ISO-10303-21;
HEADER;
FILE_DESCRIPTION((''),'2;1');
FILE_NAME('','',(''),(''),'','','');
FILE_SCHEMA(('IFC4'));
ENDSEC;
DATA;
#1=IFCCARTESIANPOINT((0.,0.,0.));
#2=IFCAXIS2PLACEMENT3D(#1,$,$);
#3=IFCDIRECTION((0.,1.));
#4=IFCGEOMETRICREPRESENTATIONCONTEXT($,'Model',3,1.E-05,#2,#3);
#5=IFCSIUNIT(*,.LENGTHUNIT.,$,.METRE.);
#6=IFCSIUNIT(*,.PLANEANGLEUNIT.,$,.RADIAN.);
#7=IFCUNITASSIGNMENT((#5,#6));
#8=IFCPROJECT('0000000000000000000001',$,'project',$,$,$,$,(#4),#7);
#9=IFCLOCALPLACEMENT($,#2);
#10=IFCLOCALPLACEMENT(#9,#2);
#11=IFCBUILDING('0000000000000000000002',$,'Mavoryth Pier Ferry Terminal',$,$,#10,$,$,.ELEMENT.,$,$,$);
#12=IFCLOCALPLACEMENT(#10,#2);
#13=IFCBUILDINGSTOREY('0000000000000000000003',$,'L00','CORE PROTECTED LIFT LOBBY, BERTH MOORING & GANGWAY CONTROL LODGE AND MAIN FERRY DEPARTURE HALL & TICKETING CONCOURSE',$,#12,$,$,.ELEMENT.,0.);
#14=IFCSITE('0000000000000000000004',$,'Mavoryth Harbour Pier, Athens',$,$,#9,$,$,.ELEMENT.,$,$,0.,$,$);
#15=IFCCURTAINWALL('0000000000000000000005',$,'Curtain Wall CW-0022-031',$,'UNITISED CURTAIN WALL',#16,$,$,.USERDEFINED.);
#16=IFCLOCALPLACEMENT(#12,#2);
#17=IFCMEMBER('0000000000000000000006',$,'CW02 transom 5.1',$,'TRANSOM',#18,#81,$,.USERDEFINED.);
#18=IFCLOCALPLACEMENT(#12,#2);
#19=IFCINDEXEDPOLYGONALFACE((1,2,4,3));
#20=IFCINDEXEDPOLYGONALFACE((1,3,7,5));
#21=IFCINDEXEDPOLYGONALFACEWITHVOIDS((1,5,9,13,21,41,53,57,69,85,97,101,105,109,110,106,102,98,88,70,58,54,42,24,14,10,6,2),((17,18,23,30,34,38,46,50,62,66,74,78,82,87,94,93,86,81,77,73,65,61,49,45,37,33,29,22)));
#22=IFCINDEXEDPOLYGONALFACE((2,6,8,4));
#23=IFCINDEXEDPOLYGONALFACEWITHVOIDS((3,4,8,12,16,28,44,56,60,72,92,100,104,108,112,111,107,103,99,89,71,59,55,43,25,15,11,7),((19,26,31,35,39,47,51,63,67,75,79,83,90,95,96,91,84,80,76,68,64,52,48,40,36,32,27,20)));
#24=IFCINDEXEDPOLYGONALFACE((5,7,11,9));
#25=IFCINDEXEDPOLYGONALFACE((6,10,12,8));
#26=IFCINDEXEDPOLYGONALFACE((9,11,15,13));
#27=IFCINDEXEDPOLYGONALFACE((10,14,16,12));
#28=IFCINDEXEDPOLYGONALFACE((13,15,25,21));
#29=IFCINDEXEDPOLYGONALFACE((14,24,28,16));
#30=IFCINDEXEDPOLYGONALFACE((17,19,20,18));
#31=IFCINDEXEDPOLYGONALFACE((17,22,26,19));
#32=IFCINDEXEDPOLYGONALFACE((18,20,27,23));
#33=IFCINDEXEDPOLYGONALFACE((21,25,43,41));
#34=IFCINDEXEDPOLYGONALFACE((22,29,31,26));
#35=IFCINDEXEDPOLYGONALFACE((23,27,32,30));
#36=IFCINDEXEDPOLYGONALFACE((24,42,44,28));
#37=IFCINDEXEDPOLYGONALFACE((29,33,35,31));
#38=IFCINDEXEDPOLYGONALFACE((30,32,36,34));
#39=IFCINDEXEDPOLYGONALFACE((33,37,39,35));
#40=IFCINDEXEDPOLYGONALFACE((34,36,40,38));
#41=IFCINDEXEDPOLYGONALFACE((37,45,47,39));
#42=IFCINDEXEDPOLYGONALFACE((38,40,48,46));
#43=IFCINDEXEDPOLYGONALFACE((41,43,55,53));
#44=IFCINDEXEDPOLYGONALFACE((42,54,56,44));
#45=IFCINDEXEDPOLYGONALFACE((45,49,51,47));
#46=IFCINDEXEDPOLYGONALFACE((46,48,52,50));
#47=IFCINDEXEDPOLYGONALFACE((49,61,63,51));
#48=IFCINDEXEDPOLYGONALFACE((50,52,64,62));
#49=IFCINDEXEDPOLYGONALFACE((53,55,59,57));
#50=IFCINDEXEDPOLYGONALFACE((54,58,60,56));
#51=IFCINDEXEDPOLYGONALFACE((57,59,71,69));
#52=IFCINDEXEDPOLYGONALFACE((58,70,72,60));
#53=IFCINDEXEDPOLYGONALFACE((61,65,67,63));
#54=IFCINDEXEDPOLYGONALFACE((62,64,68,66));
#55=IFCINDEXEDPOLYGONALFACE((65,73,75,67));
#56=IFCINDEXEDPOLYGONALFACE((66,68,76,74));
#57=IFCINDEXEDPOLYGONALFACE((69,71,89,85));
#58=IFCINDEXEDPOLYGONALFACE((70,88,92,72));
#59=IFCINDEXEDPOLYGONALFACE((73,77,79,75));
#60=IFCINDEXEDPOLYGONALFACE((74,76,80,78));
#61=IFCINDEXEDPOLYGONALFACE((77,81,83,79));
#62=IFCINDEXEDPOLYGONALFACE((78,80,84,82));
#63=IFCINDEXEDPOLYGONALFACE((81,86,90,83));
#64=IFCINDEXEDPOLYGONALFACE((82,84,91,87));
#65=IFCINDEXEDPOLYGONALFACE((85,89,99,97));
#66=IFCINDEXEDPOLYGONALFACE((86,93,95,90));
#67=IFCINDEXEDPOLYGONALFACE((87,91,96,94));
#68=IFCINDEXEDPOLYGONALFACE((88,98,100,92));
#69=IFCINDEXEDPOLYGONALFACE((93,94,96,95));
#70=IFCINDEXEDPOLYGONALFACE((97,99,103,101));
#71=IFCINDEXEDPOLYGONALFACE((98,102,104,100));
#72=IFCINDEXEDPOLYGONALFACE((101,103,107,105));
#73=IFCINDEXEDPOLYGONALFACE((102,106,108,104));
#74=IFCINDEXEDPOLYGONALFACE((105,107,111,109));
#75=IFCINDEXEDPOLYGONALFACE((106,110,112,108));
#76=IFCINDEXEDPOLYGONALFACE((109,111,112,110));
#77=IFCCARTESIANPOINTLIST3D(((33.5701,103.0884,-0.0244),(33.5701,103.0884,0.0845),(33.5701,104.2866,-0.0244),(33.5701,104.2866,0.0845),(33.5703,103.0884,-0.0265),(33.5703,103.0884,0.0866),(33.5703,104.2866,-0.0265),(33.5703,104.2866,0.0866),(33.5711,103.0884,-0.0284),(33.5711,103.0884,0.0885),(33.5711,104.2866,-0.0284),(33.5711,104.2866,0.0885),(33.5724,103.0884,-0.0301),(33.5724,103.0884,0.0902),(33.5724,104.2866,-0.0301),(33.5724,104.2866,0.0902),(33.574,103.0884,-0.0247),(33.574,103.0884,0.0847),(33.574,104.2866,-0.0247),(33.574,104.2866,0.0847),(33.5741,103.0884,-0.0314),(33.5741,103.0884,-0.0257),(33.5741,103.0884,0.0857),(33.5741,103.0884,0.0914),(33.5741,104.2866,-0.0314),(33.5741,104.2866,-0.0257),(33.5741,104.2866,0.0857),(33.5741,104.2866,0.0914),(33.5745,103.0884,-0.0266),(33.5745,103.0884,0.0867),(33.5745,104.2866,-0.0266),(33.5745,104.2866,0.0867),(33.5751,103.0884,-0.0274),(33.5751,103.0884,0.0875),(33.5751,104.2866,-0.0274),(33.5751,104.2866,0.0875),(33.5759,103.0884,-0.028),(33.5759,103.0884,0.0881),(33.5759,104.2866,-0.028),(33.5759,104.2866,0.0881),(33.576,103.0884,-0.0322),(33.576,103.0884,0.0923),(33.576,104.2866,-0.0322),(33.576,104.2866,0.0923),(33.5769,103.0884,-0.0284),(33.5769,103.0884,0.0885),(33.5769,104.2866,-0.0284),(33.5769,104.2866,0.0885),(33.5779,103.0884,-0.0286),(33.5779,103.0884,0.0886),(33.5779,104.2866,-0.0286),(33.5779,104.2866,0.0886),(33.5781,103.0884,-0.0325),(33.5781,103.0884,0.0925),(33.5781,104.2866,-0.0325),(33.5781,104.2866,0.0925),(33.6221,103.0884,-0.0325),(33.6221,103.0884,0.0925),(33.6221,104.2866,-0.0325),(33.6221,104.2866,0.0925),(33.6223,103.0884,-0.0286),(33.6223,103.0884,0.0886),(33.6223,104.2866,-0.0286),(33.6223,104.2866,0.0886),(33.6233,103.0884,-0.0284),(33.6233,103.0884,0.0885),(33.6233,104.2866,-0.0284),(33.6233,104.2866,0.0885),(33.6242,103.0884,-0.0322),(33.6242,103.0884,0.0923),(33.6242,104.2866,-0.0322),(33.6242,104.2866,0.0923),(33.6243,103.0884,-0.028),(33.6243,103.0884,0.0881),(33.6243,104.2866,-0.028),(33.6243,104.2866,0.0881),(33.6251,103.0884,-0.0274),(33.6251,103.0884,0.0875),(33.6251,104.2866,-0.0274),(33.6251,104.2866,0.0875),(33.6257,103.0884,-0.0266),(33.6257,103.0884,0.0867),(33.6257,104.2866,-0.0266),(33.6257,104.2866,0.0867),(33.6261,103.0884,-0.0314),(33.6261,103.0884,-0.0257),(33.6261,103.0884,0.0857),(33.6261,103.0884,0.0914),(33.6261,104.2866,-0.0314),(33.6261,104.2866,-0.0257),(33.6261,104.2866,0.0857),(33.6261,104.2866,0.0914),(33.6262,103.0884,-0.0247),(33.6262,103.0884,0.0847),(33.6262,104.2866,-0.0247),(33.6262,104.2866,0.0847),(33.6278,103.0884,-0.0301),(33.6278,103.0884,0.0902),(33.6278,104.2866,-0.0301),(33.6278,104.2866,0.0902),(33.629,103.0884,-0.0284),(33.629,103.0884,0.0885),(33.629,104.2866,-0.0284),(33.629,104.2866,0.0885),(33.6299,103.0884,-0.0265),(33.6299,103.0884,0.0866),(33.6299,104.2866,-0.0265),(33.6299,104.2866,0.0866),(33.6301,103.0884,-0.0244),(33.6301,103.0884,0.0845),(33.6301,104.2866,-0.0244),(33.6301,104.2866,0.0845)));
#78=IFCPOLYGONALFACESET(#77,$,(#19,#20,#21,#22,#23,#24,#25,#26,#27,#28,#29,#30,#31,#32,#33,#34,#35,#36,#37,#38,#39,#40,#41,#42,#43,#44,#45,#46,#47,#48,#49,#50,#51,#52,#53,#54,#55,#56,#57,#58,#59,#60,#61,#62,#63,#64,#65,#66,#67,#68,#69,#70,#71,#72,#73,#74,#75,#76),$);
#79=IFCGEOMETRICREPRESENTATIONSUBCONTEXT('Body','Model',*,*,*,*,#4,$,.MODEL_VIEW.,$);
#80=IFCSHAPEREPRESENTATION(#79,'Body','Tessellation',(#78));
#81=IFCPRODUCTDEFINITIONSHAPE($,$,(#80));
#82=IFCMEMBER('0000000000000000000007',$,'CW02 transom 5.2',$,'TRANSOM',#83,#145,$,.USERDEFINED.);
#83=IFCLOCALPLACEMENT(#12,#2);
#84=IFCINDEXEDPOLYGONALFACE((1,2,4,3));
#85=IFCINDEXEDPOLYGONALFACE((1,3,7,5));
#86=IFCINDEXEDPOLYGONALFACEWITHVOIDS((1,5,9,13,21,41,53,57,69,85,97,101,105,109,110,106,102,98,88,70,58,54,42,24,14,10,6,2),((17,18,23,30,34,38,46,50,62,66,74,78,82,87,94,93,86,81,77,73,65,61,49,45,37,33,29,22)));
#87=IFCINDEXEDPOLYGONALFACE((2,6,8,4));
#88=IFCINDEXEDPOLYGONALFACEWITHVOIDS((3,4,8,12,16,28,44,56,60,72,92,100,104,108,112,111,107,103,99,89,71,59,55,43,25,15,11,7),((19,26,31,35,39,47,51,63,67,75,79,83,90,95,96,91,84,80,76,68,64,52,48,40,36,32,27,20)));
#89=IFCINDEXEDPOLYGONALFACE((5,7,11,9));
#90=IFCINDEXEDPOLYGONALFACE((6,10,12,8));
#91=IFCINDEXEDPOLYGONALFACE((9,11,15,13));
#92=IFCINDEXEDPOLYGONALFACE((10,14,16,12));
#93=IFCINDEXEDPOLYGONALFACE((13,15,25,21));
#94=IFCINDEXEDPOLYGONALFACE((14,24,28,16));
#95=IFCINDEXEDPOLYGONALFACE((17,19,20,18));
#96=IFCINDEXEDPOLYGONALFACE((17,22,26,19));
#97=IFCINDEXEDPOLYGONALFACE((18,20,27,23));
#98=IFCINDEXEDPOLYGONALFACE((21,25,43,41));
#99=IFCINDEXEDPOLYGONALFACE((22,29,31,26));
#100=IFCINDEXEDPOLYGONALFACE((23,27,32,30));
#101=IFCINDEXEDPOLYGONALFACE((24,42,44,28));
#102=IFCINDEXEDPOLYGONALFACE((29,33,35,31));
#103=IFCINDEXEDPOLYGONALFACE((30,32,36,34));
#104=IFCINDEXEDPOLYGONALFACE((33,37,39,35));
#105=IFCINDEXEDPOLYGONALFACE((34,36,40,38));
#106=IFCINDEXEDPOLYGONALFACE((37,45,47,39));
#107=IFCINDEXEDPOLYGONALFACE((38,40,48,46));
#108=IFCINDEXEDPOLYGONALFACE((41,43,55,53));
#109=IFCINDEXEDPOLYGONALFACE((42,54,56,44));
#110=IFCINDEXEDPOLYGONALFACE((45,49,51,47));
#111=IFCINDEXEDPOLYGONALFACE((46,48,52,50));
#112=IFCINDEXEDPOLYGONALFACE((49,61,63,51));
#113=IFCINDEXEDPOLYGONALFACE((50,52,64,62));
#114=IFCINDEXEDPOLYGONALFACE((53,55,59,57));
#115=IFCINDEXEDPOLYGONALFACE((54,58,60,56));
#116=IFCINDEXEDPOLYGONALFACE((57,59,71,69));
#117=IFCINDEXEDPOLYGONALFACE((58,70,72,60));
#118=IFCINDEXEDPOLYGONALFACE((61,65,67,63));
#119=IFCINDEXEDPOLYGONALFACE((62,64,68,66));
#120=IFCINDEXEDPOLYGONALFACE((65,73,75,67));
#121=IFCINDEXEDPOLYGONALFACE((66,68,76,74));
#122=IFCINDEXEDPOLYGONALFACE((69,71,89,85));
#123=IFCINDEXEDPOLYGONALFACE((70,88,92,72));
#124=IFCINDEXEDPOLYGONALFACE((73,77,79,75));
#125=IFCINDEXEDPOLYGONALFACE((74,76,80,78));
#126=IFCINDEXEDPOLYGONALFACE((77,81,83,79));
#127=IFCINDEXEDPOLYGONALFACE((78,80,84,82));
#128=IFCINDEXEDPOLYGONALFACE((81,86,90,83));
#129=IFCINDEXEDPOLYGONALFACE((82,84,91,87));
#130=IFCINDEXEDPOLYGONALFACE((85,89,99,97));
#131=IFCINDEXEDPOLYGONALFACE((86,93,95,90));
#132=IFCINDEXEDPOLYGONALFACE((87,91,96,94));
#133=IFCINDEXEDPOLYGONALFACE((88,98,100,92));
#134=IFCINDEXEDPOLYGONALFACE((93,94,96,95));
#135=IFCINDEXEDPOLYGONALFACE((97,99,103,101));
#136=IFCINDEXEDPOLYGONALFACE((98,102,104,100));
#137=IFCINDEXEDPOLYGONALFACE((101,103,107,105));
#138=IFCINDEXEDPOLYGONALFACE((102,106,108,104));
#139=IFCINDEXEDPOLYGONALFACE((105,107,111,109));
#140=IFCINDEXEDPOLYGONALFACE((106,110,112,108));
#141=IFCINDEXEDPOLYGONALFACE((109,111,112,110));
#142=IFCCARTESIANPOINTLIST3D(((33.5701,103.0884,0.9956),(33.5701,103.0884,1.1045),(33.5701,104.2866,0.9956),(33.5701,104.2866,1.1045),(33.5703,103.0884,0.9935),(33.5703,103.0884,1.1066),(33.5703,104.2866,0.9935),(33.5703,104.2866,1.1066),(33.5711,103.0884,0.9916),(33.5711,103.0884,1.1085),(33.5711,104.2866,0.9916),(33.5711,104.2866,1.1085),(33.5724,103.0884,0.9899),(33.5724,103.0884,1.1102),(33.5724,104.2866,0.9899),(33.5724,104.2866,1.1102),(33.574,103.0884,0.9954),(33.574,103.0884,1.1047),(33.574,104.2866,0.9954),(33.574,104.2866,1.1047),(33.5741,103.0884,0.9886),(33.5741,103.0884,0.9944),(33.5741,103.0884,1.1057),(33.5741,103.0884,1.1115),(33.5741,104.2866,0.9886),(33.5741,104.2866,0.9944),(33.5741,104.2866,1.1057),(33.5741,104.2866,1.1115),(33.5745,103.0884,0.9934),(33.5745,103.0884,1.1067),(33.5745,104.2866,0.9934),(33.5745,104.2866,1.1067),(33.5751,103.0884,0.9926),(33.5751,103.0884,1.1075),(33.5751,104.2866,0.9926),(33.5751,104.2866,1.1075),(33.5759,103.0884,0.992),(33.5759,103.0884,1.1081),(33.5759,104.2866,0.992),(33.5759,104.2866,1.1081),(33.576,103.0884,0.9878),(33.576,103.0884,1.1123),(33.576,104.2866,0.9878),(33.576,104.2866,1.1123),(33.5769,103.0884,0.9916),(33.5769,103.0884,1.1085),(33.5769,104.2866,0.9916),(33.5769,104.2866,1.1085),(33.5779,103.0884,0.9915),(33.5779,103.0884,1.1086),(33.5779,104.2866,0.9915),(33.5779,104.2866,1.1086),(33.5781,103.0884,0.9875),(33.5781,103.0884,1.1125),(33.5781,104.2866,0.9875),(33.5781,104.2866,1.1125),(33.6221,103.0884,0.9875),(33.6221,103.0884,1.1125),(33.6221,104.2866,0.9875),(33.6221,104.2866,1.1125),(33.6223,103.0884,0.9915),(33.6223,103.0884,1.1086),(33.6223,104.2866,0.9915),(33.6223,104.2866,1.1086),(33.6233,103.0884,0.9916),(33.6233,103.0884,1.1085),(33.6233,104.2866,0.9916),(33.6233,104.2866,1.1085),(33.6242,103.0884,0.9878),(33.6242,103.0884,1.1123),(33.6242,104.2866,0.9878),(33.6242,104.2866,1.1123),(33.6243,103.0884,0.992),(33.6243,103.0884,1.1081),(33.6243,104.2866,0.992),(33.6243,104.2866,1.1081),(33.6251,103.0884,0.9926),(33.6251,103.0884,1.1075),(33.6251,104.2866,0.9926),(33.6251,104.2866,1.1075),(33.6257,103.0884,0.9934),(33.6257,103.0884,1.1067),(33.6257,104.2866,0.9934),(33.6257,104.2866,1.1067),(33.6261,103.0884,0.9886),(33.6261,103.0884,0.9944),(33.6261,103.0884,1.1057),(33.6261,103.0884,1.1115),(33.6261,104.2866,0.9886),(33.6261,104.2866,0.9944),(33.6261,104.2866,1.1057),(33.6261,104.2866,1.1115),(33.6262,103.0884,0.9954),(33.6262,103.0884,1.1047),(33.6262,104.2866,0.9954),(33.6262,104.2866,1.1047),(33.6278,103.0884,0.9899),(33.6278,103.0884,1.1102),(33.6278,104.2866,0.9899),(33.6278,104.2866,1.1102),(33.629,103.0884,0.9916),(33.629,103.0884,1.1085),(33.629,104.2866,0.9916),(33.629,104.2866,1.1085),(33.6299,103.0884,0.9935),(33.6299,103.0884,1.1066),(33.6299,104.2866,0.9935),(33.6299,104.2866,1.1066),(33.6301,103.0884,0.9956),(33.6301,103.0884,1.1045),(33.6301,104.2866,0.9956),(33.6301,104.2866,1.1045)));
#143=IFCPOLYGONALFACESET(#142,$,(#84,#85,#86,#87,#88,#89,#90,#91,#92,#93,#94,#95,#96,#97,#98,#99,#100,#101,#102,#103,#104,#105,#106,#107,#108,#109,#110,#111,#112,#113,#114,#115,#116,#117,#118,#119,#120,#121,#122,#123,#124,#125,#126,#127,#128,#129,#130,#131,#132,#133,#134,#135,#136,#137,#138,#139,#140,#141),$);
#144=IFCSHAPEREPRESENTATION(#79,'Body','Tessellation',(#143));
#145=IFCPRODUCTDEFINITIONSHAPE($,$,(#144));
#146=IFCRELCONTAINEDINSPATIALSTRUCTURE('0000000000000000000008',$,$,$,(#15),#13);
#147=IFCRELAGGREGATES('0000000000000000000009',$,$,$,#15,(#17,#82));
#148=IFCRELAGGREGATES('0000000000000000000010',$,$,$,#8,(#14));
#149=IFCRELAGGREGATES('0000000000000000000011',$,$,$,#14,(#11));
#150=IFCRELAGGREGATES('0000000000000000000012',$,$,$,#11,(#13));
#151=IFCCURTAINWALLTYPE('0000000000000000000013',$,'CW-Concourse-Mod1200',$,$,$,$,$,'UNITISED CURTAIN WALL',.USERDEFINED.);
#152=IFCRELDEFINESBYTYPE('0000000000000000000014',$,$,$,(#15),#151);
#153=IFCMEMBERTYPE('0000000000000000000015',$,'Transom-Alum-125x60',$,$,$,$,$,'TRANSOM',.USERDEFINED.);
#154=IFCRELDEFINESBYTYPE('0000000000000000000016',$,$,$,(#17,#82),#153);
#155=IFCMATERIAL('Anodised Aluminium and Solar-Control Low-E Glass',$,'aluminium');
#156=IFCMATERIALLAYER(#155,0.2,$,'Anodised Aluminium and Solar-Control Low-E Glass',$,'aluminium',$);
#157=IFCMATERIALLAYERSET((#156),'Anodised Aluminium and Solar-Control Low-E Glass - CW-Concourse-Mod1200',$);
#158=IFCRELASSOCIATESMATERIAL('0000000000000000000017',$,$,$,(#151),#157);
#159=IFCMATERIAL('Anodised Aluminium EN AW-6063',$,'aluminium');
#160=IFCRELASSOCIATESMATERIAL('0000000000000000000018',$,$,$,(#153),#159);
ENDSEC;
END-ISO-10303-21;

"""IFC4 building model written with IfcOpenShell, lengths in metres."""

from ifc_helpers import new_model, si_unit, direction, frame, origin, origin_2d, place, context, subcontext, project, spatial, hollow_rectangle, extrude, material, layer, layer_set, material_profile, profile_set, type_object, element, aggregate, save


model = new_model("IFC4")

# Units and contexts
model_context = context("Model", 3, precision=1e-05, world=origin(), true_north=direction((0.0, 1.0)))
body_context = subcontext(model_context, "Body", "Model", "MODEL_VIEW")
ifc_project = project(units=[si_unit("LENGTHUNIT", "METRE"), si_unit("PLANEANGLEUNIT", "RADIAN")], contexts=[model_context])

# Site, building, storey
site_placement = place(None, origin())
site = spatial("IfcSite", under=ifc_project, at=site_placement, Name="Mavoryth Harbour Pier, Athens", CompositionType="ELEMENT", RefElevation=0.0)
building_placement = place(site_placement, origin())
building = spatial("IfcBuilding", under=site, at=building_placement, Name="Mavoryth Pier Ferry Terminal", CompositionType="ELEMENT")
storey_placement = place(building_placement, origin())
storey = spatial("IfcBuildingStorey", under=building, at=storey_placement, Name="L00", Description="CORE PROTECTED LIFT LOBBY, BERTH MOORING & GANGWAY CONTROL LODGE AND MAIN FERRY DEPARTURE HALL & TICKETING CONCOURSE", CompositionType="ELEMENT", Elevation=0.0)

# Curtain wall, members
ifc_material_1 = material(Name="Anodised Aluminium and Solar-Control Low-E Glass", Category="aluminium")
ifc_layer_1 = layer(ifc_material_1, 0.2, Name="Anodised Aluminium and Solar-Control Low-E Glass", Category="aluminium")
ifc_layer_set_1 = layer_set([ifc_layer_1], Name="Anodised Aluminium and Solar-Control Low-E Glass - CW-Concourse-Mod1200")
curtain_wall_type = type_object("IfcCurtainWallType", Name="CW-Concourse-Mod1200", ElementType="UNITISED CURTAIN WALL", PredefinedType="USERDEFINED", material=ifc_layer_set_1)
curtain_wall_placement = place(storey_placement, origin())
curtain_wall = element("IfcCurtainWall", 1, at=curtain_wall_placement, inside=storey, type_object=curtain_wall_type, Name="Curtain Wall CW-0022-031", ObjectType="UNITISED CURTAIN WALL", PredefinedType="USERDEFINED")
ifc_material_2 = material(Name="Anodised Aluminium EN AW-6063", Category="aluminium")
ifc_material_profile_1 = material_profile(ifc_material_2, hollow_rectangle(XDim=0.0601, YDim=0.125, WallThickness=0.0039, InnerFilletRadius=0.0039, OuterFilletRadius=0.0081, at=origin_2d()), Name="AL-TRAN 125x60x4", Category="aluminium")
ifc_profile_set_1 = profile_set([ifc_material_profile_1], Name="Anodised Aluminium EN AW-6063 - AL-TRAN 125x60x4")
member_type_1 = type_object("IfcMemberType", Name="Transom-Alum-125x60", ElementType="TRANSOM", PredefinedType="USERDEFINED", material=ifc_profile_set_1)
member_1_placement = place(storey_placement, frame((33.6001, 103.0884, 0.03), z_axis=(0.0, 1.0, 0.0), x_axis=(-1.0, 0.0, 0.0)))
member_1 = element("IfcMember", 2, at=member_1_placement, type_object=member_type_1, Name="CW02 transom 5.1", ObjectType="TRANSOM", PredefinedType="USERDEFINED", context=body_context, shape_type="SweptSolid", body=[
    extrude(hollow_rectangle(XDim=0.0601, YDim=0.125, WallThickness=0.0039, InnerFilletRadius=0.0039, OuterFilletRadius=0.0081, at=origin_2d()), origin(), (0.0, 0.0, 1.0), 1.1982),
])
member_2_placement = place(storey_placement, frame((33.6001, 103.0884, 1.05), z_axis=(0.0, 1.0, 0.0), x_axis=(-1.0, 0.0, 0.0)))
member_2 = element("IfcMember", 3, at=member_2_placement, type_object=member_type_1, Name="CW02 transom 5.2", ObjectType="TRANSOM", PredefinedType="USERDEFINED", context=body_context, shape_type="SweptSolid", body=[
    extrude(hollow_rectangle(XDim=0.0601, YDim=0.125, WallThickness=0.0039, InnerFilletRadius=0.0039, OuterFilletRadius=0.0081, at=origin_2d()), origin(), (0.0, 0.0, 1.0), 1.1982),
])
aggregate(curtain_wall, [member_1, member_2])

save(model, "model.ifc")
